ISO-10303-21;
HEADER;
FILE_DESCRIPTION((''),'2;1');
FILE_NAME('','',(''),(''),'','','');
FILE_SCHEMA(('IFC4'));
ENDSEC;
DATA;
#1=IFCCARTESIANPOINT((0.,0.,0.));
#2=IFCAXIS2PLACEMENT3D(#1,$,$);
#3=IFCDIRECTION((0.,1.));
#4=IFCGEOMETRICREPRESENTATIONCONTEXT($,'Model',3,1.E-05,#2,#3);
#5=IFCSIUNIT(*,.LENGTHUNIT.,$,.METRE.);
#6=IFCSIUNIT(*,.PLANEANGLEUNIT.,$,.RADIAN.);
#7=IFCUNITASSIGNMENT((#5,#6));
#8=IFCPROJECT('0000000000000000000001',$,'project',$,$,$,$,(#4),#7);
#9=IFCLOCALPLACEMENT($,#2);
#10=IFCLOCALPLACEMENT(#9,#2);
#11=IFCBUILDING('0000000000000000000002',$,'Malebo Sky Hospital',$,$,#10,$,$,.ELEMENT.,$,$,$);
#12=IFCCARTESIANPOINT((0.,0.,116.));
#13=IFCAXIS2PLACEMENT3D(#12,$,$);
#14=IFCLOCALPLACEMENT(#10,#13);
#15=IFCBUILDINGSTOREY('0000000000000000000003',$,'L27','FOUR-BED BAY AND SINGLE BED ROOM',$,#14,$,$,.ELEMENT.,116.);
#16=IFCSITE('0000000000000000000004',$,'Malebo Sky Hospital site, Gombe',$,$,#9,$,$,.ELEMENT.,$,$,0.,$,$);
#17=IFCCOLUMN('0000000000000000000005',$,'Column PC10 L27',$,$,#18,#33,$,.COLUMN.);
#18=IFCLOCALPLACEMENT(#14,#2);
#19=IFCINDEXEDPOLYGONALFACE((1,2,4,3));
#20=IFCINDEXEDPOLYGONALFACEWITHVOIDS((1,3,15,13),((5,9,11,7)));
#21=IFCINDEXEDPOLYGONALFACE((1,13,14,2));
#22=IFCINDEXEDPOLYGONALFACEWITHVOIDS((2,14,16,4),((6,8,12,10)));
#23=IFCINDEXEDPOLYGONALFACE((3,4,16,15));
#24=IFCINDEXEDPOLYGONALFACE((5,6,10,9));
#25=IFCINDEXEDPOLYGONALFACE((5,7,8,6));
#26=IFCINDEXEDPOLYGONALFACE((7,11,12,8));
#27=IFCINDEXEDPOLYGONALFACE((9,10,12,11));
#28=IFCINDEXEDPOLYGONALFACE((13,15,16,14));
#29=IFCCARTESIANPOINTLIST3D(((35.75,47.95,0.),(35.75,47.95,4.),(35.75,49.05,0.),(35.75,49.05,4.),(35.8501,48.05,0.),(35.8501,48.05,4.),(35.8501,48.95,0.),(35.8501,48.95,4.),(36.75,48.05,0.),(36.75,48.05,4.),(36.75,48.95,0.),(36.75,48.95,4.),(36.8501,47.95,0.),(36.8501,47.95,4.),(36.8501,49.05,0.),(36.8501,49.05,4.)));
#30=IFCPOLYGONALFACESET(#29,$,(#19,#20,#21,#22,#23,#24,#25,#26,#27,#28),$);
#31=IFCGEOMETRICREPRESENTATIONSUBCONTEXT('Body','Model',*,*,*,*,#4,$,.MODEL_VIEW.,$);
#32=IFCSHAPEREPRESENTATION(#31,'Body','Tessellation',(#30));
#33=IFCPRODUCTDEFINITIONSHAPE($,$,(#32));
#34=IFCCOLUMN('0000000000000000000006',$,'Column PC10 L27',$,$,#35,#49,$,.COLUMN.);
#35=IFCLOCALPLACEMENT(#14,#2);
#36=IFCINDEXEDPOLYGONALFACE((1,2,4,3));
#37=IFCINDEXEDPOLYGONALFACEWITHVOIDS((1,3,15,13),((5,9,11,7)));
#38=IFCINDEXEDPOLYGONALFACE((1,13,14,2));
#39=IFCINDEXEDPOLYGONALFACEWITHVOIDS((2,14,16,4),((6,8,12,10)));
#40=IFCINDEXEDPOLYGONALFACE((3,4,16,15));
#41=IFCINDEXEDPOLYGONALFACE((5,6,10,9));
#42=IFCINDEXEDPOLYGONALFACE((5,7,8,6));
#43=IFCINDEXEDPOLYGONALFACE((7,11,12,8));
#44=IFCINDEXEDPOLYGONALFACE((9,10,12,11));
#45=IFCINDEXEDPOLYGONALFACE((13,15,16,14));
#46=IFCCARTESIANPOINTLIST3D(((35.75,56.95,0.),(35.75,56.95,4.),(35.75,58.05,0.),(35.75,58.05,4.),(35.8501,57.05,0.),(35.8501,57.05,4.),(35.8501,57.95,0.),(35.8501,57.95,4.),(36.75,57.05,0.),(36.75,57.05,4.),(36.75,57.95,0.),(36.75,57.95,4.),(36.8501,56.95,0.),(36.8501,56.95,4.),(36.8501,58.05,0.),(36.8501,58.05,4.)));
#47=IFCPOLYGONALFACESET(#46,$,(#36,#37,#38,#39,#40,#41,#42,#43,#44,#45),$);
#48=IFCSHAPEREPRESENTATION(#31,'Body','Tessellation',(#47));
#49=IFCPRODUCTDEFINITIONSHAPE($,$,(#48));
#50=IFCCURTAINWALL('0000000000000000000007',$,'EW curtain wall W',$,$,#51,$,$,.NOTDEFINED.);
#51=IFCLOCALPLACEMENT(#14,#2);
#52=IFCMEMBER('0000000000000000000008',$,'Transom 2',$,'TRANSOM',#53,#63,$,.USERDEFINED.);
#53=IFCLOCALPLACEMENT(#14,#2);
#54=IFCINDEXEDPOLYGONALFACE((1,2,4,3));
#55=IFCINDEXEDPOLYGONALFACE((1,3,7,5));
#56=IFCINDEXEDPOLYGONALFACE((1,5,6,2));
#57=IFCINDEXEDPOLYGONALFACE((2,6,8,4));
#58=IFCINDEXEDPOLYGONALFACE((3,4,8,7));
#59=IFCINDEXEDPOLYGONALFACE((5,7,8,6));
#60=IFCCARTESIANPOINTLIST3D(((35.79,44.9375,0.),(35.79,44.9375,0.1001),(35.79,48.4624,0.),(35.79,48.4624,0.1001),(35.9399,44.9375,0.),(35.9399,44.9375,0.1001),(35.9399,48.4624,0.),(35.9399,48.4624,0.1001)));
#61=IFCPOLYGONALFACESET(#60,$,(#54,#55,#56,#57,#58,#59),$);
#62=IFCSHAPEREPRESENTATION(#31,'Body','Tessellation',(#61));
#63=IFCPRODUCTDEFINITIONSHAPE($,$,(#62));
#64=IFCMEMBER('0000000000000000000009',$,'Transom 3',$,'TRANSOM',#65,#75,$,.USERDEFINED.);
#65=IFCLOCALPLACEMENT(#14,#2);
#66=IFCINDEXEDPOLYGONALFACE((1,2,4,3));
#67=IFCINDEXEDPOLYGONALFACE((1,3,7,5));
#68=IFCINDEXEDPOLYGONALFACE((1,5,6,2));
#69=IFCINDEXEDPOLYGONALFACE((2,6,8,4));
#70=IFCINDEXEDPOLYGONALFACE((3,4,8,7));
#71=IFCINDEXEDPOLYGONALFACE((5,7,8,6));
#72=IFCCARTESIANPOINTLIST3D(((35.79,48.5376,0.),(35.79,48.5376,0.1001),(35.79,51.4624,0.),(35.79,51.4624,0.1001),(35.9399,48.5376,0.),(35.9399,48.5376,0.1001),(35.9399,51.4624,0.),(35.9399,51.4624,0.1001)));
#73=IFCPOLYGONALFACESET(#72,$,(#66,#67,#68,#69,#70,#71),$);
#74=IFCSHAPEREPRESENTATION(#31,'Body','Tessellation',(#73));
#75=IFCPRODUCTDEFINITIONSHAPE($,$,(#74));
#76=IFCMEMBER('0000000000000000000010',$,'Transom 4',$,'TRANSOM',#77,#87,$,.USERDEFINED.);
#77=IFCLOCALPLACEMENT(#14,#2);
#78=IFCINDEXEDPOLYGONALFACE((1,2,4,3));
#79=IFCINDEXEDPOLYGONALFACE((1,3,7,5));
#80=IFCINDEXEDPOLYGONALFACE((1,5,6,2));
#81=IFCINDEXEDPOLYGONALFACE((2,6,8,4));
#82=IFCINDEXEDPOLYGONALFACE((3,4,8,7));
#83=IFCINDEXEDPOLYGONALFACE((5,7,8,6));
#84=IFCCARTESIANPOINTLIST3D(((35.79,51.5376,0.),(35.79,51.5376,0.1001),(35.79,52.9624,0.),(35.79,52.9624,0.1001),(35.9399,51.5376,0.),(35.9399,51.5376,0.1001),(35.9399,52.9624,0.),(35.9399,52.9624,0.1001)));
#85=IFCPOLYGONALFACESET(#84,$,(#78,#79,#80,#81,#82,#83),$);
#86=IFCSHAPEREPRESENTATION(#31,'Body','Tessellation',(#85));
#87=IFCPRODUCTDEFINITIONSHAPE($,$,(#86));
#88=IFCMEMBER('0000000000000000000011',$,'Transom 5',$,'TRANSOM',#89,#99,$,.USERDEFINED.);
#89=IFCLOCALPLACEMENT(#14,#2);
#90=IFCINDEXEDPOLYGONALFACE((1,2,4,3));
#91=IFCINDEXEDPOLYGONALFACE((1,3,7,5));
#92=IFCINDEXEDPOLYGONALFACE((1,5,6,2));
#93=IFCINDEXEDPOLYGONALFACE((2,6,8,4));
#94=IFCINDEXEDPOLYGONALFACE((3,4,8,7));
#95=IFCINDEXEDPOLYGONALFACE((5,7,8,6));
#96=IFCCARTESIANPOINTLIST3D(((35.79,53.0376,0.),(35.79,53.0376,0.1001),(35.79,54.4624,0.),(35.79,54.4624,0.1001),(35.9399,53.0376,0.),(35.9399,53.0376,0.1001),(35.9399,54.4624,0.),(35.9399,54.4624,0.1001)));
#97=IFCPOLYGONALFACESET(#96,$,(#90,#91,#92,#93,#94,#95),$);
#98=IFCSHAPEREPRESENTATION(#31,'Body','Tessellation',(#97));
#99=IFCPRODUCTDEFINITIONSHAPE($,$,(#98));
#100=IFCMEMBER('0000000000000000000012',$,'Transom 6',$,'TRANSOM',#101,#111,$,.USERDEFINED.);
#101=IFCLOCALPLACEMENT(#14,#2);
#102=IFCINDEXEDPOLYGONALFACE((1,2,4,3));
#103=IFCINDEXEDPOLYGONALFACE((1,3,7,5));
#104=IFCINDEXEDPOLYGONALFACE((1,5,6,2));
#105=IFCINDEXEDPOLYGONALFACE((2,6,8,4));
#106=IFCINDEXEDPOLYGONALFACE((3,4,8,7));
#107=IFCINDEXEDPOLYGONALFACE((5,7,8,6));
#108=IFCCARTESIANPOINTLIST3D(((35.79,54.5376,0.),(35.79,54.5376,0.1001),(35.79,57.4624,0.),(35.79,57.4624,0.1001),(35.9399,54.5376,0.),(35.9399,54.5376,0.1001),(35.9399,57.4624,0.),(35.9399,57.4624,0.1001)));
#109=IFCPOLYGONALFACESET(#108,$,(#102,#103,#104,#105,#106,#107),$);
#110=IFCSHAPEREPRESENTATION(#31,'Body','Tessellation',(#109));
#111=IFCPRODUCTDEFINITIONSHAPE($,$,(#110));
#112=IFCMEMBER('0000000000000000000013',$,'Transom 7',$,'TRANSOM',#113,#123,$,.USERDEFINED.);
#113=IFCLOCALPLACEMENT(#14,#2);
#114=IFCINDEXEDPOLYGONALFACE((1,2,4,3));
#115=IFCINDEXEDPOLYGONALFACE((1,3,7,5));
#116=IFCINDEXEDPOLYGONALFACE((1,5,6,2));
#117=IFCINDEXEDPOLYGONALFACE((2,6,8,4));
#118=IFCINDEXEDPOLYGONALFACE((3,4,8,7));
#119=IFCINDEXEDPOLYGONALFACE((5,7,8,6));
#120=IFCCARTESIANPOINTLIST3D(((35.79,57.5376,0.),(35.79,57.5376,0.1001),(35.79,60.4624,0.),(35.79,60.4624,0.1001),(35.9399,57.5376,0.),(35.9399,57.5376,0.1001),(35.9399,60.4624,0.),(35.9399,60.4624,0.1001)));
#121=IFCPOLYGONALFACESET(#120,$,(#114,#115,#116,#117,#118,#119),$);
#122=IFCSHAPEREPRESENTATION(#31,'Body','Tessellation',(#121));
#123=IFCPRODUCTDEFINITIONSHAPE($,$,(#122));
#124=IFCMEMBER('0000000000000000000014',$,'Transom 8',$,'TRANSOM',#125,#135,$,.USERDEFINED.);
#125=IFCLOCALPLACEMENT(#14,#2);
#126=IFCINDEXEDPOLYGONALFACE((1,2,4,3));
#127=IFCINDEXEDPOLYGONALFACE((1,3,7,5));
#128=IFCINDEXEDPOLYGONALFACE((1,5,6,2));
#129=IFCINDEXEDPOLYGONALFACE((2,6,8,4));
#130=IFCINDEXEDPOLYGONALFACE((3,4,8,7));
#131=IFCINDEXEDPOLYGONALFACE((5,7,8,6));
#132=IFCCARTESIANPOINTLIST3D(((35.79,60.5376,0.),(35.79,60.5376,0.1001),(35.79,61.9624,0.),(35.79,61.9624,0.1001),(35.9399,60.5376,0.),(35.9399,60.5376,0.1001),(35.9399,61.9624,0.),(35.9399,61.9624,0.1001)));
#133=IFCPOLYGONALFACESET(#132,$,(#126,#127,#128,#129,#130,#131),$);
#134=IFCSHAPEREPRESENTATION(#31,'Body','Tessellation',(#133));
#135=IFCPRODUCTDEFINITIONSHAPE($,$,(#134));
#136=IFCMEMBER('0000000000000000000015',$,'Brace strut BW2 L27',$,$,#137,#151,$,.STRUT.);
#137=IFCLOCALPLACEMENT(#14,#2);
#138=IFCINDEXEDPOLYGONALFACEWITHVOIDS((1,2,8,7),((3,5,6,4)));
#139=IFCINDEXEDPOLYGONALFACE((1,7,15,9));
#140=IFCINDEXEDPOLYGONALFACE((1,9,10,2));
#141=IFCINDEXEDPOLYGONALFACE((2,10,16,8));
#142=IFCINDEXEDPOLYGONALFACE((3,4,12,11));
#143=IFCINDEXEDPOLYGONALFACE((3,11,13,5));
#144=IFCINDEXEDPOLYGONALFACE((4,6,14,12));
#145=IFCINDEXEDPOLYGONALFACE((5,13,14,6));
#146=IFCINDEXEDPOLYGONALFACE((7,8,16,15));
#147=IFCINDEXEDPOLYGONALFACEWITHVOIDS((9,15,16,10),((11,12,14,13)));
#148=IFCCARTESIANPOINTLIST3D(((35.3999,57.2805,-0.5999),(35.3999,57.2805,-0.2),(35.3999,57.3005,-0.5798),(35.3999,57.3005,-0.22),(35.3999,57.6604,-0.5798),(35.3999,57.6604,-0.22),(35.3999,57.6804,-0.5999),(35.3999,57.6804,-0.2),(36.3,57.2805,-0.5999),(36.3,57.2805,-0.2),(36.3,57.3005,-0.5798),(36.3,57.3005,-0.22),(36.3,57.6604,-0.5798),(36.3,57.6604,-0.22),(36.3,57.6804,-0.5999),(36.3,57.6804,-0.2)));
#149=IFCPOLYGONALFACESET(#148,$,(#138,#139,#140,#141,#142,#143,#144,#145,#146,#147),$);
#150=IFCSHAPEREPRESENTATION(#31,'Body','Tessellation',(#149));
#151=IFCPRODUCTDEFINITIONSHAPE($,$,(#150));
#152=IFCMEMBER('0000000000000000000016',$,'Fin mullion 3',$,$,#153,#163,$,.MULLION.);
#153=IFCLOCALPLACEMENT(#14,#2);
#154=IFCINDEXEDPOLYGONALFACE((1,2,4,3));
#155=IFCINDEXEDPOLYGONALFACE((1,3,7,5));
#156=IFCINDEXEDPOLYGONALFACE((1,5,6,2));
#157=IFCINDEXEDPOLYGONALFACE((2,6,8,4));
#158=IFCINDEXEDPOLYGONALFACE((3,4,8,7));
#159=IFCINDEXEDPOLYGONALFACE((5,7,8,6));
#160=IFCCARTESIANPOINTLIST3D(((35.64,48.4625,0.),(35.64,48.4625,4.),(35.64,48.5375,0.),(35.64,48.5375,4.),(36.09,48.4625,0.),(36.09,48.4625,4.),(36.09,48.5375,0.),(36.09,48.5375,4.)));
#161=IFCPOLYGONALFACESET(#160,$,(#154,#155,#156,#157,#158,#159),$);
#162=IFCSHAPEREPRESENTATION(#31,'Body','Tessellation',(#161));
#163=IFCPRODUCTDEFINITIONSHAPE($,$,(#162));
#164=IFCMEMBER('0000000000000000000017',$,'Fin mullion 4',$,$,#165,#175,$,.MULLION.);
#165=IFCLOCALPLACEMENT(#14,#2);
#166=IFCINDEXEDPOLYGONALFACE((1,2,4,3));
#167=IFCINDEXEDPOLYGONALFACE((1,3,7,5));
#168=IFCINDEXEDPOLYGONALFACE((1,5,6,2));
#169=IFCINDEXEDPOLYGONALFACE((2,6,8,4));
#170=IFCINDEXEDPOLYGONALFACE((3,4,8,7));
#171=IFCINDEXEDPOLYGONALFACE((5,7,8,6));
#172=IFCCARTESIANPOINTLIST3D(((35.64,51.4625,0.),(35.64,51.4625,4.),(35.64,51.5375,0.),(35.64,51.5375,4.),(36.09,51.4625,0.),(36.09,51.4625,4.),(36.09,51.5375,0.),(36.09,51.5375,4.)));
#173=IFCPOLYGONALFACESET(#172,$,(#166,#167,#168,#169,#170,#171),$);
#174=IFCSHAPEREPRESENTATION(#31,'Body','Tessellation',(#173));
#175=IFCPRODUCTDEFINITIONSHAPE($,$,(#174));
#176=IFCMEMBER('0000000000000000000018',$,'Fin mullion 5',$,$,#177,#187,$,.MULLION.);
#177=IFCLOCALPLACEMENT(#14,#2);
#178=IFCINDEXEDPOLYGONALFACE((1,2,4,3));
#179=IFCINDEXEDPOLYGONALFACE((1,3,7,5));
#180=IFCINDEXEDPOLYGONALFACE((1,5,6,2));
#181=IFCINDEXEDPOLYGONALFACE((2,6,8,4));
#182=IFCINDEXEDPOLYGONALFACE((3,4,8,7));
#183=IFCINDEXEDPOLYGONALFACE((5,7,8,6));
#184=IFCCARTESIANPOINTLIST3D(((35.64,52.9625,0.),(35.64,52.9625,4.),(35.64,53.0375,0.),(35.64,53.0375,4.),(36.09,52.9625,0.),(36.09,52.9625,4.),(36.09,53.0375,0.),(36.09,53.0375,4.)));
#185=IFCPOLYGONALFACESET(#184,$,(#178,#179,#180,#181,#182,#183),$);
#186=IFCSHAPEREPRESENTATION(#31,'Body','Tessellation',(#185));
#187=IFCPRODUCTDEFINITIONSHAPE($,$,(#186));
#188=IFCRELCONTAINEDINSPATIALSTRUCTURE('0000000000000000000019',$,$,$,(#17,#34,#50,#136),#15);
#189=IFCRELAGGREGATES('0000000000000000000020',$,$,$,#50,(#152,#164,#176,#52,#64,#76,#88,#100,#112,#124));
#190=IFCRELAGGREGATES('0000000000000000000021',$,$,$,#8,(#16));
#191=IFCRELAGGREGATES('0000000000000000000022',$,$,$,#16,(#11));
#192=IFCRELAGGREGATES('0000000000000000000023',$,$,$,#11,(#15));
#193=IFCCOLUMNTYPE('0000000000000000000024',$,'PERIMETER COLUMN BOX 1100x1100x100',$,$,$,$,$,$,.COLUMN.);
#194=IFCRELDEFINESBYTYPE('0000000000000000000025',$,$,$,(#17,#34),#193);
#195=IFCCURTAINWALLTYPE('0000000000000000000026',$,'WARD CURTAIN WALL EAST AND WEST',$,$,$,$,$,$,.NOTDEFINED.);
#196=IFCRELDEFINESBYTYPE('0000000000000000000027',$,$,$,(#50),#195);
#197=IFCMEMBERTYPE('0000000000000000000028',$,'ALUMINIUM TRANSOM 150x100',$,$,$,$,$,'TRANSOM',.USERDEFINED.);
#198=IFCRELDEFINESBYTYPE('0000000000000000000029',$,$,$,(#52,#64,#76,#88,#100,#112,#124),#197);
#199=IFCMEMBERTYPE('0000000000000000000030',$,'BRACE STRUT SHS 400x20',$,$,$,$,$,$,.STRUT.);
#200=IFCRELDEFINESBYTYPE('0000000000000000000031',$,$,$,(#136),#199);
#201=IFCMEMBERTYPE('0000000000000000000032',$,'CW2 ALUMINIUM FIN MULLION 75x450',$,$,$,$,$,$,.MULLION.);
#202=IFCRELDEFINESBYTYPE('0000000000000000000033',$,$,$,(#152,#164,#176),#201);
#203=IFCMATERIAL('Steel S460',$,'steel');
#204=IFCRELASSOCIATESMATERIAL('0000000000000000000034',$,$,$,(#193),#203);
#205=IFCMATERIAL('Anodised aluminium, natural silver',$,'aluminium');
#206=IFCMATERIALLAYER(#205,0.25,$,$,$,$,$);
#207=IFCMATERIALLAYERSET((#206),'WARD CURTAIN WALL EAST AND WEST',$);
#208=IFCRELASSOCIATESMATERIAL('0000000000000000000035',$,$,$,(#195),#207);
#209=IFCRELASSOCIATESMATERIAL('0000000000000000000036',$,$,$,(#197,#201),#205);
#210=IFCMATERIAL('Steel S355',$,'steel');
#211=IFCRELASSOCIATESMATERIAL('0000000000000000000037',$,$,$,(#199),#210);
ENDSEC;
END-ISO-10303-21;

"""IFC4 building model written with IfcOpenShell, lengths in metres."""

from ifc_helpers import new_model, si_unit, direction, frame, origin, origin_2d, place, context, subcontext, project, spatial, rectangle, hollow_rectangle, extrude, material, layer, layer_set, material_profile, profile_set, type_object, element, aggregate, save


model = new_model("IFC4")

# Units and contexts
model_context = context("Model", 3, precision=1e-05, world=origin(), true_north=direction((0.0, 1.0)))
body_context = subcontext(model_context, "Body", "Model", "MODEL_VIEW")
ifc_project = project(units=[si_unit("LENGTHUNIT", "METRE"), si_unit("PLANEANGLEUNIT", "RADIAN")], contexts=[model_context])

# Site, building, storey
site_placement = place(None, origin())
site = spatial("IfcSite", under=ifc_project, at=site_placement, Name="Malebo Sky Hospital site, Gombe", CompositionType="ELEMENT", RefElevation=0.0)
building_placement = place(site_placement, origin())
building = spatial("IfcBuilding", under=site, at=building_placement, Name="Malebo Sky Hospital", CompositionType="ELEMENT")
storey_placement = place(building_placement, frame((0.0, 0.0, 116.0)))
storey = spatial("IfcBuildingStorey", under=building, at=storey_placement, Name="L27", Description="FOUR-BED BAY AND SINGLE BED ROOM", CompositionType="ELEMENT", Elevation=116.0)

# Columns
ifc_material_1 = material(Name="Steel S460", Category="steel")
ifc_material_profile_1 = material_profile(ifc_material_1, hollow_rectangle(XDim=1.1001, YDim=1.1001, WallThickness=0.1001, at=origin_2d()), Name="BOX 1100x1100x100")
ifc_profile_set_1 = profile_set([ifc_material_profile_1], Name="Steel S460")
column_type = type_object("IfcColumnType", Name="PERIMETER COLUMN BOX 1100x1100x100", PredefinedType="COLUMN", material=ifc_profile_set_1)
for number, where, z_axis, x_axis, name in (
    (1, (36.3, 48.5, 0.0), (0.0, 0.0, 1.0), (1.0, 0.0, 0.0), "Column PC10 L27"),
    (2, (36.3, 57.5, 0.0), (0.0, 0.0, 1.0), (1.0, 0.0, 0.0), "Column PC10 L27"),
):
    element("IfcColumn", number, at=place(storey_placement, frame(where, z_axis=z_axis, x_axis=x_axis)), inside=storey, type_object=column_type, Name=name, PredefinedType="COLUMN", context=body_context, shape_type="SweptSolid", body=[
        extrude(hollow_rectangle(XDim=1.1001, YDim=1.1001, WallThickness=0.1001, at=origin_2d()), origin(), (0.0, 0.0, 1.0), 4.0),
    ])

# Curtain wall, members
ifc_material_2 = material(Name="Anodised aluminium, natural silver", Category="aluminium")
ifc_layer_1 = layer(ifc_material_2, 0.25)
ifc_layer_set_1 = layer_set([ifc_layer_1], Name="WARD CURTAIN WALL EAST AND WEST")
curtain_wall_type = type_object("IfcCurtainWallType", Name="WARD CURTAIN WALL EAST AND WEST", PredefinedType="NOTDEFINED", material=ifc_layer_set_1)
curtain_wall_placement = place(storey_placement, origin())
curtain_wall = element("IfcCurtainWall", 3, at=curtain_wall_placement, inside=storey, type_object=curtain_wall_type, Name="EW curtain wall W", PredefinedType="NOTDEFINED")
ifc_material_profile_2 = material_profile(ifc_material_2, rectangle(XDim=0.1499, YDim=0.1001, at=origin_2d()), Name="ALUMINIUM TRANSOM 150x100")
ifc_profile_set_2 = profile_set([ifc_material_profile_2], Name="Anodised aluminium, natural silver")
member_type_1 = type_object("IfcMemberType", Name="ALUMINIUM TRANSOM 150x100", ElementType="TRANSOM", PredefinedType="USERDEFINED", material=ifc_profile_set_2)
member_1_placement = place(storey_placement, frame((35.865, 44.9375, 0.05), z_axis=(0.0, 1.0, 0.0), x_axis=(-1.0, 0.0, 0.0)))
member_1 = element("IfcMember", 4, at=member_1_placement, type_object=member_type_1, Name="Transom 2", ObjectType="TRANSOM", PredefinedType="USERDEFINED", context=body_context, shape_type="SweptSolid", body=[
    extrude(rectangle(XDim=0.1499, YDim=0.1001, at=origin_2d()), origin(), (0.0, 0.0, 1.0), 3.5249),
])
member_2_placement = place(storey_placement, frame((35.865, 48.5376, 0.05), z_axis=(0.0, 1.0, 0.0), x_axis=(-1.0, 0.0, 0.0)))
member_2 = element("IfcMember", 5, at=member_2_placement, type_object=member_type_1, Name="Transom 3", ObjectType="TRANSOM", PredefinedType="USERDEFINED", context=body_context, shape_type="SweptSolid", body=[
    extrude(rectangle(XDim=0.1499, YDim=0.1001, at=origin_2d()), origin(), (0.0, 0.0, 1.0), 2.9248),
])
member_3_placement = place(storey_placement, frame((35.865, 51.5376, 0.05), z_axis=(0.0, 1.0, 0.0), x_axis=(-1.0, 0.0, 0.0)))
member_3 = element("IfcMember", 6, at=member_3_placement, type_object=member_type_1, Name="Transom 4", ObjectType="TRANSOM", PredefinedType="USERDEFINED", context=body_context, shape_type="SweptSolid", body=[
    extrude(rectangle(XDim=0.1499, YDim=0.1001, at=origin_2d()), origin(), (0.0, 0.0, 1.0), 1.4248),
])
member_4_placement = place(storey_placement, frame((35.865, 53.0376, 0.05), z_axis=(0.0, 1.0, 0.0), x_axis=(-1.0, 0.0, 0.0)))
member_4 = element("IfcMember", 7, at=member_4_placement, type_object=member_type_1, Name="Transom 5", ObjectType="TRANSOM", PredefinedType="USERDEFINED", context=body_context, shape_type="SweptSolid", body=[
    extrude(rectangle(XDim=0.1499, YDim=0.1001, at=origin_2d()), origin(), (0.0, 0.0, 1.0), 1.4248),
])
member_5_placement = place(storey_placement, frame((35.865, 54.5376, 0.05), z_axis=(0.0, 1.0, 0.0), x_axis=(-1.0, 0.0, 0.0)))
member_5 = element("IfcMember", 8, at=member_5_placement, type_object=member_type_1, Name="Transom 6", ObjectType="TRANSOM", PredefinedType="USERDEFINED", context=body_context, shape_type="SweptSolid", body=[
    extrude(rectangle(XDim=0.1499, YDim=0.1001, at=origin_2d()), origin(), (0.0, 0.0, 1.0), 2.9248),
])
member_6_placement = place(storey_placement, frame((35.865, 57.5376, 0.05), z_axis=(0.0, 1.0, 0.0), x_axis=(-1.0, 0.0, 0.0)))
member_6 = element("IfcMember", 9, at=member_6_placement, type_object=member_type_1, Name="Transom 7", ObjectType="TRANSOM", PredefinedType="USERDEFINED", context=body_context, shape_type="SweptSolid", body=[
    extrude(rectangle(XDim=0.1499, YDim=0.1001, at=origin_2d()), origin(), (0.0, 0.0, 1.0), 2.9248),
])
member_7_placement = place(storey_placement, frame((35.865, 60.5376, 0.05), z_axis=(0.0, 1.0, 0.0), x_axis=(-1.0, 0.0, 0.0)))
member_7 = element("IfcMember", 10, at=member_7_placement, type_object=member_type_1, Name="Transom 8", ObjectType="TRANSOM", PredefinedType="USERDEFINED", context=body_context, shape_type="SweptSolid", body=[
    extrude(rectangle(XDim=0.1499, YDim=0.1001, at=origin_2d()), origin(), (0.0, 0.0, 1.0), 1.4248),
])

# Members
ifc_material_3 = material(Name="Steel S355", Category="steel")
ifc_material_profile_3 = material_profile(ifc_material_3, hollow_rectangle(XDim=0.3999, YDim=0.3999, WallThickness=0.02, at=origin_2d()), Name="SHS 400x20")
ifc_profile_set_3 = profile_set([ifc_material_profile_3], Name="Steel S355")
member_type_2 = type_object("IfcMemberType", Name="BRACE STRUT SHS 400x20", PredefinedType="STRUT", material=ifc_profile_set_3)
member_8_placement = place(storey_placement, frame((35.3999, 57.4805, -0.3999), z_axis=(1.0, 0.0, 0.0), x_axis=(0.0, 1.0, 0.0)))
element("IfcMember", 11, at=member_8_placement, inside=storey, type_object=member_type_2, Name="Brace strut BW2 L27", PredefinedType="STRUT", context=body_context, shape_type="SweptSolid", body=[
    extrude(hollow_rectangle(XDim=0.3999, YDim=0.3999, WallThickness=0.02, at=origin_2d()), origin(), (0.0, 0.0, 1.0), 0.9001),
])
ifc_material_profile_4 = material_profile(ifc_material_2, rectangle(XDim=0.075, YDim=0.45, at=origin_2d()), Name="CW2 ALUMINIUM FIN MULLION 75x450")
ifc_profile_set_4 = profile_set([ifc_material_profile_4], Name="Anodised aluminium, natural silver")
member_type_3 = type_object("IfcMemberType", Name="CW2 ALUMINIUM FIN MULLION 75x450", PredefinedType="MULLION", material=ifc_profile_set_4)
member_9_placement = place(storey_placement, frame((35.865, 48.5, 0.0), z_axis=(0.0, 0.0, 1.0), x_axis=(0.0, 1.0, 0.0)))
member_9 = element("IfcMember", 12, at=member_9_placement, type_object=member_type_3, Name="Fin mullion 3", PredefinedType="MULLION", context=body_context, shape_type="SweptSolid", body=[
    extrude(rectangle(XDim=0.075, YDim=0.45, at=origin_2d()), origin(), (0.0, 0.0, 1.0), 4.0),
])
member_10_placement = place(storey_placement, frame((35.865, 51.5, 0.0), z_axis=(0.0, 0.0, 1.0), x_axis=(0.0, 1.0, 0.0)))
member_10 = element("IfcMember", 13, at=member_10_placement, type_object=member_type_3, Name="Fin mullion 4", PredefinedType="MULLION", context=body_context, shape_type="SweptSolid", body=[
    extrude(rectangle(XDim=0.075, YDim=0.45, at=origin_2d()), origin(), (0.0, 0.0, 1.0), 4.0),
])
member_11_placement = place(storey_placement, frame((35.865, 53.0, 0.0), z_axis=(0.0, 0.0, 1.0), x_axis=(0.0, 1.0, 0.0)))
member_11 = element("IfcMember", 14, at=member_11_placement, type_object=member_type_3, Name="Fin mullion 5", PredefinedType="MULLION", context=body_context, shape_type="SweptSolid", body=[
    extrude(rectangle(XDim=0.075, YDim=0.45, at=origin_2d()), origin(), (0.0, 0.0, 1.0), 4.0),
])

aggregate(curtain_wall, [member_9, member_10, member_11, member_1, member_2, member_3, member_4, member_5, member_6, member_7])

save(model, "model.ifc")
